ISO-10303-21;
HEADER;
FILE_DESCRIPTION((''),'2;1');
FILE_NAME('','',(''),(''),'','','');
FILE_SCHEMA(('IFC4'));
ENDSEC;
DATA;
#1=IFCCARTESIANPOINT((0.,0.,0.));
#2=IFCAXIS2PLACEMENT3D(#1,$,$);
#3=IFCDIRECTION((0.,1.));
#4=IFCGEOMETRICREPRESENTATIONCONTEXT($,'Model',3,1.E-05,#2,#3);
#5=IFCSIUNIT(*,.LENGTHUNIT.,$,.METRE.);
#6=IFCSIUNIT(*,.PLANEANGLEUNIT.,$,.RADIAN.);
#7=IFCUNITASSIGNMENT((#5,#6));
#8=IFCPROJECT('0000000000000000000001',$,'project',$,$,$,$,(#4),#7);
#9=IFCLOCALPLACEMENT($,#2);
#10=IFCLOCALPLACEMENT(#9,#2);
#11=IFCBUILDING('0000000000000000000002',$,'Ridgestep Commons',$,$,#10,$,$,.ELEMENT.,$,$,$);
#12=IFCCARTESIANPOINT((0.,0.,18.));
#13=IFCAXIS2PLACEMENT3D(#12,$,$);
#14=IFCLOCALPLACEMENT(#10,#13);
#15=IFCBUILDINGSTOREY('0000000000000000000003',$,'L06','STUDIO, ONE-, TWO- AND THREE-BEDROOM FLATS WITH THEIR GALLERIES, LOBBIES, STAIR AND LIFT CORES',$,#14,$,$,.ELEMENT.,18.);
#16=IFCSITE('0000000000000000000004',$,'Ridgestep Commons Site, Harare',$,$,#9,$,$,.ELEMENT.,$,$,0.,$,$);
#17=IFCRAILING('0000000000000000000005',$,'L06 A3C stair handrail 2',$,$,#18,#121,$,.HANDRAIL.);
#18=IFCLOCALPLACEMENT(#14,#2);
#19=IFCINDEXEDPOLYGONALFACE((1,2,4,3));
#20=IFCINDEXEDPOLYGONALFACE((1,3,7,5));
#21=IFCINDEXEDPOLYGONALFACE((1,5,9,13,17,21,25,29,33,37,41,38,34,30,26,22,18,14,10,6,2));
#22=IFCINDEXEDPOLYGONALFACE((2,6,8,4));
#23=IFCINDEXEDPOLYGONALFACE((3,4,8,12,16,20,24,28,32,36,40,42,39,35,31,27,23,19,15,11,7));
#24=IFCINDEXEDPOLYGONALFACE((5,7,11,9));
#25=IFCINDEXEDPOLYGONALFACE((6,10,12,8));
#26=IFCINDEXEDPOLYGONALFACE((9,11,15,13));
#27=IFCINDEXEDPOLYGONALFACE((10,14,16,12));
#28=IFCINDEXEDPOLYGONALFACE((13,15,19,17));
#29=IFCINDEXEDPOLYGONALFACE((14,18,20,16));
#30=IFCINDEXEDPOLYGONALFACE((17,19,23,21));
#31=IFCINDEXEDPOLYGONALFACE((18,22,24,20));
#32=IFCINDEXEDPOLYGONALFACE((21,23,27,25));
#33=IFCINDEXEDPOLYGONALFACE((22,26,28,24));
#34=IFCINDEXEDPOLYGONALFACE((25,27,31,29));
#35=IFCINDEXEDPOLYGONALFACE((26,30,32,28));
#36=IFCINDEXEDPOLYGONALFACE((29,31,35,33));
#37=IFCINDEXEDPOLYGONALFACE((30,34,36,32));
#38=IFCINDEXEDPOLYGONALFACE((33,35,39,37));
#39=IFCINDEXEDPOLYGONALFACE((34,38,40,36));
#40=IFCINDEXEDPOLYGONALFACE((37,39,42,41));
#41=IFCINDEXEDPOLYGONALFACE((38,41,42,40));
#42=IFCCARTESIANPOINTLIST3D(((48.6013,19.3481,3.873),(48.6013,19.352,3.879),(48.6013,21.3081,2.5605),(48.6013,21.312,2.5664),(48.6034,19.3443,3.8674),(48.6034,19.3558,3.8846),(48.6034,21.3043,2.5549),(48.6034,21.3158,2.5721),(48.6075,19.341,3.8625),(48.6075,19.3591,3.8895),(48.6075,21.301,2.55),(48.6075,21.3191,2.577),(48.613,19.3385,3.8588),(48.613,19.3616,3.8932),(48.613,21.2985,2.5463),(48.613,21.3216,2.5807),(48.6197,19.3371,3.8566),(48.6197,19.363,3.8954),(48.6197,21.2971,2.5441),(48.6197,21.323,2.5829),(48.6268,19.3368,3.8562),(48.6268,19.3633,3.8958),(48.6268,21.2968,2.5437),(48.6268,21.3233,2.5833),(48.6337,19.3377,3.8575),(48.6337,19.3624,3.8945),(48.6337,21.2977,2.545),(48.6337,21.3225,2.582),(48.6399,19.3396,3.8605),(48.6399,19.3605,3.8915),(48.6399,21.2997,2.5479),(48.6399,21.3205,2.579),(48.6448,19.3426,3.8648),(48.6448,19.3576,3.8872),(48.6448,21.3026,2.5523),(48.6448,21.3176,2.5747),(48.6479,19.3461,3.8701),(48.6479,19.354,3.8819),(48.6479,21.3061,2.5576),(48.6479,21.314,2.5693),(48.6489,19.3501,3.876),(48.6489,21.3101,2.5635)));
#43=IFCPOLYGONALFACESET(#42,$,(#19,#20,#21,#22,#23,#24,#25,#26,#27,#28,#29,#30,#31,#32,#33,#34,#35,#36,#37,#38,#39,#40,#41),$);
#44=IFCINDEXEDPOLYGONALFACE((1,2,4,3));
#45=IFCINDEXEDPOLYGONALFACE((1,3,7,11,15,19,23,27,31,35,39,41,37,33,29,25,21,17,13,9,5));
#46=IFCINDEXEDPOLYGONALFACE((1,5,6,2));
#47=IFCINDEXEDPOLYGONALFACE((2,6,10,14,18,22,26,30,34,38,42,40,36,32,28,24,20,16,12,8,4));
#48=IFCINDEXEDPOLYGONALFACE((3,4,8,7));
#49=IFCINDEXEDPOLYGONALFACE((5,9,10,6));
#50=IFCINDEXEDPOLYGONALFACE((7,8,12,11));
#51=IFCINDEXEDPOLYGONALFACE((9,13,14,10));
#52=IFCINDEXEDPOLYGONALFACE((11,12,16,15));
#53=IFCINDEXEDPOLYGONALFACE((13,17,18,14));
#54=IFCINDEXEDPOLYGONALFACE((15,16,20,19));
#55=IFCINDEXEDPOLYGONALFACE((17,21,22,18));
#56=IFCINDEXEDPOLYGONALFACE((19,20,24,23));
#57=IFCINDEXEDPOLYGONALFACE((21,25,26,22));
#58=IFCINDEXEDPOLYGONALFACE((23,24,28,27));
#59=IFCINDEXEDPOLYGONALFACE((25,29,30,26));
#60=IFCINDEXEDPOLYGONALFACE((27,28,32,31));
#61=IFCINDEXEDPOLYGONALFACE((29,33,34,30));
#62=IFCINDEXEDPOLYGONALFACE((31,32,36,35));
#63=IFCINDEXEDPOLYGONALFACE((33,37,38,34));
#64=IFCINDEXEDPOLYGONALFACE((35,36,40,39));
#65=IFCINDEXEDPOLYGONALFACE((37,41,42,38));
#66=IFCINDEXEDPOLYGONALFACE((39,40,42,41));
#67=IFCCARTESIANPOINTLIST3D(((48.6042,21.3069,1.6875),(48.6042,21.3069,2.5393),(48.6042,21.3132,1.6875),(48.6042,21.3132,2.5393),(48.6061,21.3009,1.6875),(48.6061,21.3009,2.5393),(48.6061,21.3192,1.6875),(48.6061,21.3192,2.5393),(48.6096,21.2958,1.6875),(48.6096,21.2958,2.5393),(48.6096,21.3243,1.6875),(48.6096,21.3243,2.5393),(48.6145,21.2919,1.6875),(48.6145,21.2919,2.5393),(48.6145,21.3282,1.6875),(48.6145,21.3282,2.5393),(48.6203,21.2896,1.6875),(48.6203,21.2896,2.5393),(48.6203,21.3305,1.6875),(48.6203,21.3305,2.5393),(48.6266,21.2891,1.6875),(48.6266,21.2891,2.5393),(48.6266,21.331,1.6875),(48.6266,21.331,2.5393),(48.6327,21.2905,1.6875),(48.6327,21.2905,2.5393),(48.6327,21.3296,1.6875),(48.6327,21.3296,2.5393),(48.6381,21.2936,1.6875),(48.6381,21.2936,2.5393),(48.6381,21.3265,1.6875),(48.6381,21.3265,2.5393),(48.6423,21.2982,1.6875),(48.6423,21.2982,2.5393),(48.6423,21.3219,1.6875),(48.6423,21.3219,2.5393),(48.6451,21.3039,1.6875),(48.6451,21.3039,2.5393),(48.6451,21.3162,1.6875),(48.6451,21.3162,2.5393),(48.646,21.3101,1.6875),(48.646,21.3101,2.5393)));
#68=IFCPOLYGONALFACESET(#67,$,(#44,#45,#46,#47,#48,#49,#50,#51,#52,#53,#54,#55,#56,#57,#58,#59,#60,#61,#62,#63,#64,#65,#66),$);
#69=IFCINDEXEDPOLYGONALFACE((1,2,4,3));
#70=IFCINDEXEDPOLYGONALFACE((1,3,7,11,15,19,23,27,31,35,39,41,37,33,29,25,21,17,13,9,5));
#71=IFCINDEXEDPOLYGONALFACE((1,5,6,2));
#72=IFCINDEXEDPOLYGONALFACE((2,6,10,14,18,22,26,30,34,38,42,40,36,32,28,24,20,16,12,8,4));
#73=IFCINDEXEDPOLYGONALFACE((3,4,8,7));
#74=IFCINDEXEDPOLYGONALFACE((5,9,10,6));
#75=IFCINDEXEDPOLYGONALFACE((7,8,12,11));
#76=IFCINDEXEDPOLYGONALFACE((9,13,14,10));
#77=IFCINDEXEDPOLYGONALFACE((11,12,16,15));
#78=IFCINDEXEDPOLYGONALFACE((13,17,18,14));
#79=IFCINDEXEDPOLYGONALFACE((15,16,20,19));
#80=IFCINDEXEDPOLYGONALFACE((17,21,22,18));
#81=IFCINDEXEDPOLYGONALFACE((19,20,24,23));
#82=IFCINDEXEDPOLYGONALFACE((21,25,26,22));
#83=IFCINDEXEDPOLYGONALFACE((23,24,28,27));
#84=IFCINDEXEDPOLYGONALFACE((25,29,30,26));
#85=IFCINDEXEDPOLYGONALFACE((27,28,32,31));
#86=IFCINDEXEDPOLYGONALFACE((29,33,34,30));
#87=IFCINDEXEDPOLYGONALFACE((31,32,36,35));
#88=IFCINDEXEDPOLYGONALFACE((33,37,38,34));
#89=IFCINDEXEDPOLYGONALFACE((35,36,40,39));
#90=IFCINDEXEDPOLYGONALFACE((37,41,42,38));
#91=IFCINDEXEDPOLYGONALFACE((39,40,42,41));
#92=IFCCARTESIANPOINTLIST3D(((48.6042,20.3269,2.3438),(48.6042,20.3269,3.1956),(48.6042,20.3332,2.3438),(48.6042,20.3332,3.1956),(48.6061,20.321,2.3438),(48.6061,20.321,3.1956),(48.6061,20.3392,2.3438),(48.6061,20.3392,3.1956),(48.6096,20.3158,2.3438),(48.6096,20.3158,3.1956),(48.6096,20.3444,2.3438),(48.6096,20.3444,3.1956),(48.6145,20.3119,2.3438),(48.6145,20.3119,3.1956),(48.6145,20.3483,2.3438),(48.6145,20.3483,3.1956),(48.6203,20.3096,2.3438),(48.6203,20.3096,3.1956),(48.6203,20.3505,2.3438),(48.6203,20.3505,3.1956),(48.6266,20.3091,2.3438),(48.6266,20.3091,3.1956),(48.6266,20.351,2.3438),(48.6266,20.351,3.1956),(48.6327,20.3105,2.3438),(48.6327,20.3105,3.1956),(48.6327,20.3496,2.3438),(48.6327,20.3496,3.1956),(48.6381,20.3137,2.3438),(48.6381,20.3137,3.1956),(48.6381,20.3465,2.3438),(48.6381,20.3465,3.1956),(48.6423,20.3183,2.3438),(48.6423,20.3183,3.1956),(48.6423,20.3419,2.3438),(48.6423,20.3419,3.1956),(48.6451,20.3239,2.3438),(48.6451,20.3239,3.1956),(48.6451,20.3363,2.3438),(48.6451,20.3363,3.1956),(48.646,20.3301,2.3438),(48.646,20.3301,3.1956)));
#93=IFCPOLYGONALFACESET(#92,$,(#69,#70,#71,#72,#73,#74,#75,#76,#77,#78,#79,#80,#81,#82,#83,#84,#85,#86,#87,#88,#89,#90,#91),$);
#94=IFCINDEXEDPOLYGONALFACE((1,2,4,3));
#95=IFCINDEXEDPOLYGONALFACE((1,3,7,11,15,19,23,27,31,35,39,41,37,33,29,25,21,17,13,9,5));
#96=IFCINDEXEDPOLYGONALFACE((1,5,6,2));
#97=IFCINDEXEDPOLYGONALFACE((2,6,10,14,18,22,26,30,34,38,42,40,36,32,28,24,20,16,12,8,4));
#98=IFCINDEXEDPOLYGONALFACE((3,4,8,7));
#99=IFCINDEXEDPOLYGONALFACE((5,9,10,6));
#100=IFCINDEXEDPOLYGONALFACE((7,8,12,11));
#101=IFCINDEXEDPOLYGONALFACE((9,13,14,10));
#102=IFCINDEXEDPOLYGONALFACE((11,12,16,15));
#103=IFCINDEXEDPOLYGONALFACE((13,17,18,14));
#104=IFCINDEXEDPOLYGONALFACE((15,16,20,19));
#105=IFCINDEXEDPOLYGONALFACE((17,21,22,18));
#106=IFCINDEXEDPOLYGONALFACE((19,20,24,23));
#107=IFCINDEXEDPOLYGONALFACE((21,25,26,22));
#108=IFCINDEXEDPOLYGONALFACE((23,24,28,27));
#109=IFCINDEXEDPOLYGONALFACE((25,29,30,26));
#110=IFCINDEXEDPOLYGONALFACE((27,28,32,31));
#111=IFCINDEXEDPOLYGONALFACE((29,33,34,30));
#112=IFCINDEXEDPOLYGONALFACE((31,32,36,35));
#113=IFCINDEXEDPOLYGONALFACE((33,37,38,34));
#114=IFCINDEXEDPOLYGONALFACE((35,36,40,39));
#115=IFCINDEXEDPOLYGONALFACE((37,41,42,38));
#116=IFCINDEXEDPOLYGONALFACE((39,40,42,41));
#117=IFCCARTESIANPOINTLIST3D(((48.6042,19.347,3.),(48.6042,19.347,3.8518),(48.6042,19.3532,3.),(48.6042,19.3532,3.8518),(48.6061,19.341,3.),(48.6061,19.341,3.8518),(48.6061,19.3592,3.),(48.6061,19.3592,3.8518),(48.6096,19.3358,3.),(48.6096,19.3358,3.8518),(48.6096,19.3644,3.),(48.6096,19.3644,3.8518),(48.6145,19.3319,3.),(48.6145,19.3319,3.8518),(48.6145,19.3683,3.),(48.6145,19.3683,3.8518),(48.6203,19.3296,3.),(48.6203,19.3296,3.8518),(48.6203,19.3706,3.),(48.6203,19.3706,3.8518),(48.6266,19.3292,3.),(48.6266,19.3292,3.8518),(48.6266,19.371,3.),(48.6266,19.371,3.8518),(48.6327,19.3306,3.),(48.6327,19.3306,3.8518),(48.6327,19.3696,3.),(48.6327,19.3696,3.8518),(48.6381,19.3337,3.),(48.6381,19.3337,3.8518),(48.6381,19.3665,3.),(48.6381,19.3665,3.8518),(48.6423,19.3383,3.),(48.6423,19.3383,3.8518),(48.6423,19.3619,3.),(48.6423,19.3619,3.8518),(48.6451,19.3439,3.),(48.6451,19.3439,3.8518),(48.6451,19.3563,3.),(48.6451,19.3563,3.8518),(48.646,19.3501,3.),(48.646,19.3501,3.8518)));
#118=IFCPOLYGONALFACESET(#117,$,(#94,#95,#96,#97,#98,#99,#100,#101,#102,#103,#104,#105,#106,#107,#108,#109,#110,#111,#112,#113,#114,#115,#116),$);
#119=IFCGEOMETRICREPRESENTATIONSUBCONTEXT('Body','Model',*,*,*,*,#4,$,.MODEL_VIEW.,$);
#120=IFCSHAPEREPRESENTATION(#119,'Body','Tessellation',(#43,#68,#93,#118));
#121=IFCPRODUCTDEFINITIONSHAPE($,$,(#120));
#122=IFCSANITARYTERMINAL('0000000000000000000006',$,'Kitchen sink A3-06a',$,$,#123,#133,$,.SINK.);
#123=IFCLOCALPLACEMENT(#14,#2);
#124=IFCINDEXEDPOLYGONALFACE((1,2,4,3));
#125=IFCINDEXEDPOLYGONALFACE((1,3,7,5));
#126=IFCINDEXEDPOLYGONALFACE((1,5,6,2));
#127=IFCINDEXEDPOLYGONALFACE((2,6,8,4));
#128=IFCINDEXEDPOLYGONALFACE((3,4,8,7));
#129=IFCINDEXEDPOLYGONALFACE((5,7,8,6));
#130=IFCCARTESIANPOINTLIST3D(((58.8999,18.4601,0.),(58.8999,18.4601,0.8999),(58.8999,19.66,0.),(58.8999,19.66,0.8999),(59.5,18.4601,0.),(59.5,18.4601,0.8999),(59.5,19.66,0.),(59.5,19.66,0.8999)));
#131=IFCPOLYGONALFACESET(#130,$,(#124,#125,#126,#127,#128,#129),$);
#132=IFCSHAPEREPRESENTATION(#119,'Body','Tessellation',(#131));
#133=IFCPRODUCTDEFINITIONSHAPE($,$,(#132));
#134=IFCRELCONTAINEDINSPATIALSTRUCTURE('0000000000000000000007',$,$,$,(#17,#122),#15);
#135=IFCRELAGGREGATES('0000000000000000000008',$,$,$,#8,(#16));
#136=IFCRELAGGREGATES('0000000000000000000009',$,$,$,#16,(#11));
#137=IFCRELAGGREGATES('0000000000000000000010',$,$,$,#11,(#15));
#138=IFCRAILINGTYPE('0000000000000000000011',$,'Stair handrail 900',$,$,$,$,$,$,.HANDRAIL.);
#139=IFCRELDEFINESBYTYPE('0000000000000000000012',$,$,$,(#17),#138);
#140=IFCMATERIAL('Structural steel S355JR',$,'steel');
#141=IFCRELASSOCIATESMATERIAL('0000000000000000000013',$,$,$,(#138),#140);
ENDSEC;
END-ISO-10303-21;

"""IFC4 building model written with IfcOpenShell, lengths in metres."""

from ifc_helpers import new_model, si_unit, direction, frame, origin, origin_2d, place, context, subcontext, project, spatial, rectangle, circle, extrude, material, type_object, element, save


model = new_model("IFC4")

# Units and contexts
model_context = context("Model", 3, precision=1e-05, world=origin(), true_north=direction((0.0, 1.0)))
body_context = subcontext(model_context, "Body", "Model", "MODEL_VIEW")
ifc_project = project(units=[si_unit("LENGTHUNIT", "METRE"), si_unit("PLANEANGLEUNIT", "RADIAN")], contexts=[model_context])

# Site, building, storey
site_placement = place(None, origin())
site = spatial("IfcSite", under=ifc_project, at=site_placement, Name="Ridgestep Commons Site, Harare", CompositionType="ELEMENT", RefElevation=0.0)
building_placement = place(site_placement, origin())
building = spatial("IfcBuilding", under=site, at=building_placement, Name="Ridgestep Commons", CompositionType="ELEMENT")
storey_placement = place(building_placement, frame((0.0, 0.0, 18.0)))
storey = spatial("IfcBuildingStorey", under=building, at=storey_placement, Name="L06", Description="STUDIO, ONE-, TWO- AND THREE-BEDROOM FLATS WITH THEIR GALLERIES, LOBBIES, STAIR AND LIFT CORES", CompositionType="ELEMENT", Elevation=18.0)

# Railing
ifc_material_1 = material(Name="Structural steel S355JR", Category="steel")
railing_type_1 = type_object("IfcRailingType", Name="Stair handrail 900", PredefinedType="HANDRAIL", material=ifc_material_1)
railing_1_placement = place(storey_placement, frame((48.625, 21.3101, 1.6875)))
element("IfcRailing", 1, at=railing_1_placement, inside=storey, type_object=railing_type_1, Name="L06 A3C stair handrail 2", PredefinedType="HANDRAIL", context=body_context, shape_type="SweptSolid", body=[
    extrude(circle(Radius=0.0239, at=origin_2d()), frame((0.0, 0.0, 0.876), z_axis=(0.0, -0.830902, 0.556419), x_axis=(1.0, 0.0, 0.0)), (0.0, 0.0, 1.0), 2.3589),
    extrude(circle(Radius=0.021, at=origin_2d()), origin(), (0.0, 0.0, 1.0), 0.8518),
    extrude(circle(Radius=0.021, at=origin_2d()), frame((0.0, -0.98, 0.6562)), (0.0, 0.0, 1.0), 0.8518),
    extrude(circle(Radius=0.021, at=origin_2d()), frame((0.0, -1.96, 1.3125)), (0.0, 0.0, 1.0), 0.8518),
])

# Sanitary terminal
sanitary_terminal_placement = place(storey_placement, frame((59.2, 19.0601, 0.0), z_axis=(0.0, 0.0, 1.0), x_axis=(1.0, 0.0, 0.0)))
element("IfcSanitaryTerminal", 2, at=sanitary_terminal_placement, inside=storey, Name="Kitchen sink A3-06a", PredefinedType="SINK", context=body_context, shape_type="SweptSolid", body=[
    extrude(rectangle(XDim=0.6001, YDim=1.2, at=origin_2d()), origin(), (0.0, 0.0, 1.0), 0.8999),
])

save(model, "model.ifc")
